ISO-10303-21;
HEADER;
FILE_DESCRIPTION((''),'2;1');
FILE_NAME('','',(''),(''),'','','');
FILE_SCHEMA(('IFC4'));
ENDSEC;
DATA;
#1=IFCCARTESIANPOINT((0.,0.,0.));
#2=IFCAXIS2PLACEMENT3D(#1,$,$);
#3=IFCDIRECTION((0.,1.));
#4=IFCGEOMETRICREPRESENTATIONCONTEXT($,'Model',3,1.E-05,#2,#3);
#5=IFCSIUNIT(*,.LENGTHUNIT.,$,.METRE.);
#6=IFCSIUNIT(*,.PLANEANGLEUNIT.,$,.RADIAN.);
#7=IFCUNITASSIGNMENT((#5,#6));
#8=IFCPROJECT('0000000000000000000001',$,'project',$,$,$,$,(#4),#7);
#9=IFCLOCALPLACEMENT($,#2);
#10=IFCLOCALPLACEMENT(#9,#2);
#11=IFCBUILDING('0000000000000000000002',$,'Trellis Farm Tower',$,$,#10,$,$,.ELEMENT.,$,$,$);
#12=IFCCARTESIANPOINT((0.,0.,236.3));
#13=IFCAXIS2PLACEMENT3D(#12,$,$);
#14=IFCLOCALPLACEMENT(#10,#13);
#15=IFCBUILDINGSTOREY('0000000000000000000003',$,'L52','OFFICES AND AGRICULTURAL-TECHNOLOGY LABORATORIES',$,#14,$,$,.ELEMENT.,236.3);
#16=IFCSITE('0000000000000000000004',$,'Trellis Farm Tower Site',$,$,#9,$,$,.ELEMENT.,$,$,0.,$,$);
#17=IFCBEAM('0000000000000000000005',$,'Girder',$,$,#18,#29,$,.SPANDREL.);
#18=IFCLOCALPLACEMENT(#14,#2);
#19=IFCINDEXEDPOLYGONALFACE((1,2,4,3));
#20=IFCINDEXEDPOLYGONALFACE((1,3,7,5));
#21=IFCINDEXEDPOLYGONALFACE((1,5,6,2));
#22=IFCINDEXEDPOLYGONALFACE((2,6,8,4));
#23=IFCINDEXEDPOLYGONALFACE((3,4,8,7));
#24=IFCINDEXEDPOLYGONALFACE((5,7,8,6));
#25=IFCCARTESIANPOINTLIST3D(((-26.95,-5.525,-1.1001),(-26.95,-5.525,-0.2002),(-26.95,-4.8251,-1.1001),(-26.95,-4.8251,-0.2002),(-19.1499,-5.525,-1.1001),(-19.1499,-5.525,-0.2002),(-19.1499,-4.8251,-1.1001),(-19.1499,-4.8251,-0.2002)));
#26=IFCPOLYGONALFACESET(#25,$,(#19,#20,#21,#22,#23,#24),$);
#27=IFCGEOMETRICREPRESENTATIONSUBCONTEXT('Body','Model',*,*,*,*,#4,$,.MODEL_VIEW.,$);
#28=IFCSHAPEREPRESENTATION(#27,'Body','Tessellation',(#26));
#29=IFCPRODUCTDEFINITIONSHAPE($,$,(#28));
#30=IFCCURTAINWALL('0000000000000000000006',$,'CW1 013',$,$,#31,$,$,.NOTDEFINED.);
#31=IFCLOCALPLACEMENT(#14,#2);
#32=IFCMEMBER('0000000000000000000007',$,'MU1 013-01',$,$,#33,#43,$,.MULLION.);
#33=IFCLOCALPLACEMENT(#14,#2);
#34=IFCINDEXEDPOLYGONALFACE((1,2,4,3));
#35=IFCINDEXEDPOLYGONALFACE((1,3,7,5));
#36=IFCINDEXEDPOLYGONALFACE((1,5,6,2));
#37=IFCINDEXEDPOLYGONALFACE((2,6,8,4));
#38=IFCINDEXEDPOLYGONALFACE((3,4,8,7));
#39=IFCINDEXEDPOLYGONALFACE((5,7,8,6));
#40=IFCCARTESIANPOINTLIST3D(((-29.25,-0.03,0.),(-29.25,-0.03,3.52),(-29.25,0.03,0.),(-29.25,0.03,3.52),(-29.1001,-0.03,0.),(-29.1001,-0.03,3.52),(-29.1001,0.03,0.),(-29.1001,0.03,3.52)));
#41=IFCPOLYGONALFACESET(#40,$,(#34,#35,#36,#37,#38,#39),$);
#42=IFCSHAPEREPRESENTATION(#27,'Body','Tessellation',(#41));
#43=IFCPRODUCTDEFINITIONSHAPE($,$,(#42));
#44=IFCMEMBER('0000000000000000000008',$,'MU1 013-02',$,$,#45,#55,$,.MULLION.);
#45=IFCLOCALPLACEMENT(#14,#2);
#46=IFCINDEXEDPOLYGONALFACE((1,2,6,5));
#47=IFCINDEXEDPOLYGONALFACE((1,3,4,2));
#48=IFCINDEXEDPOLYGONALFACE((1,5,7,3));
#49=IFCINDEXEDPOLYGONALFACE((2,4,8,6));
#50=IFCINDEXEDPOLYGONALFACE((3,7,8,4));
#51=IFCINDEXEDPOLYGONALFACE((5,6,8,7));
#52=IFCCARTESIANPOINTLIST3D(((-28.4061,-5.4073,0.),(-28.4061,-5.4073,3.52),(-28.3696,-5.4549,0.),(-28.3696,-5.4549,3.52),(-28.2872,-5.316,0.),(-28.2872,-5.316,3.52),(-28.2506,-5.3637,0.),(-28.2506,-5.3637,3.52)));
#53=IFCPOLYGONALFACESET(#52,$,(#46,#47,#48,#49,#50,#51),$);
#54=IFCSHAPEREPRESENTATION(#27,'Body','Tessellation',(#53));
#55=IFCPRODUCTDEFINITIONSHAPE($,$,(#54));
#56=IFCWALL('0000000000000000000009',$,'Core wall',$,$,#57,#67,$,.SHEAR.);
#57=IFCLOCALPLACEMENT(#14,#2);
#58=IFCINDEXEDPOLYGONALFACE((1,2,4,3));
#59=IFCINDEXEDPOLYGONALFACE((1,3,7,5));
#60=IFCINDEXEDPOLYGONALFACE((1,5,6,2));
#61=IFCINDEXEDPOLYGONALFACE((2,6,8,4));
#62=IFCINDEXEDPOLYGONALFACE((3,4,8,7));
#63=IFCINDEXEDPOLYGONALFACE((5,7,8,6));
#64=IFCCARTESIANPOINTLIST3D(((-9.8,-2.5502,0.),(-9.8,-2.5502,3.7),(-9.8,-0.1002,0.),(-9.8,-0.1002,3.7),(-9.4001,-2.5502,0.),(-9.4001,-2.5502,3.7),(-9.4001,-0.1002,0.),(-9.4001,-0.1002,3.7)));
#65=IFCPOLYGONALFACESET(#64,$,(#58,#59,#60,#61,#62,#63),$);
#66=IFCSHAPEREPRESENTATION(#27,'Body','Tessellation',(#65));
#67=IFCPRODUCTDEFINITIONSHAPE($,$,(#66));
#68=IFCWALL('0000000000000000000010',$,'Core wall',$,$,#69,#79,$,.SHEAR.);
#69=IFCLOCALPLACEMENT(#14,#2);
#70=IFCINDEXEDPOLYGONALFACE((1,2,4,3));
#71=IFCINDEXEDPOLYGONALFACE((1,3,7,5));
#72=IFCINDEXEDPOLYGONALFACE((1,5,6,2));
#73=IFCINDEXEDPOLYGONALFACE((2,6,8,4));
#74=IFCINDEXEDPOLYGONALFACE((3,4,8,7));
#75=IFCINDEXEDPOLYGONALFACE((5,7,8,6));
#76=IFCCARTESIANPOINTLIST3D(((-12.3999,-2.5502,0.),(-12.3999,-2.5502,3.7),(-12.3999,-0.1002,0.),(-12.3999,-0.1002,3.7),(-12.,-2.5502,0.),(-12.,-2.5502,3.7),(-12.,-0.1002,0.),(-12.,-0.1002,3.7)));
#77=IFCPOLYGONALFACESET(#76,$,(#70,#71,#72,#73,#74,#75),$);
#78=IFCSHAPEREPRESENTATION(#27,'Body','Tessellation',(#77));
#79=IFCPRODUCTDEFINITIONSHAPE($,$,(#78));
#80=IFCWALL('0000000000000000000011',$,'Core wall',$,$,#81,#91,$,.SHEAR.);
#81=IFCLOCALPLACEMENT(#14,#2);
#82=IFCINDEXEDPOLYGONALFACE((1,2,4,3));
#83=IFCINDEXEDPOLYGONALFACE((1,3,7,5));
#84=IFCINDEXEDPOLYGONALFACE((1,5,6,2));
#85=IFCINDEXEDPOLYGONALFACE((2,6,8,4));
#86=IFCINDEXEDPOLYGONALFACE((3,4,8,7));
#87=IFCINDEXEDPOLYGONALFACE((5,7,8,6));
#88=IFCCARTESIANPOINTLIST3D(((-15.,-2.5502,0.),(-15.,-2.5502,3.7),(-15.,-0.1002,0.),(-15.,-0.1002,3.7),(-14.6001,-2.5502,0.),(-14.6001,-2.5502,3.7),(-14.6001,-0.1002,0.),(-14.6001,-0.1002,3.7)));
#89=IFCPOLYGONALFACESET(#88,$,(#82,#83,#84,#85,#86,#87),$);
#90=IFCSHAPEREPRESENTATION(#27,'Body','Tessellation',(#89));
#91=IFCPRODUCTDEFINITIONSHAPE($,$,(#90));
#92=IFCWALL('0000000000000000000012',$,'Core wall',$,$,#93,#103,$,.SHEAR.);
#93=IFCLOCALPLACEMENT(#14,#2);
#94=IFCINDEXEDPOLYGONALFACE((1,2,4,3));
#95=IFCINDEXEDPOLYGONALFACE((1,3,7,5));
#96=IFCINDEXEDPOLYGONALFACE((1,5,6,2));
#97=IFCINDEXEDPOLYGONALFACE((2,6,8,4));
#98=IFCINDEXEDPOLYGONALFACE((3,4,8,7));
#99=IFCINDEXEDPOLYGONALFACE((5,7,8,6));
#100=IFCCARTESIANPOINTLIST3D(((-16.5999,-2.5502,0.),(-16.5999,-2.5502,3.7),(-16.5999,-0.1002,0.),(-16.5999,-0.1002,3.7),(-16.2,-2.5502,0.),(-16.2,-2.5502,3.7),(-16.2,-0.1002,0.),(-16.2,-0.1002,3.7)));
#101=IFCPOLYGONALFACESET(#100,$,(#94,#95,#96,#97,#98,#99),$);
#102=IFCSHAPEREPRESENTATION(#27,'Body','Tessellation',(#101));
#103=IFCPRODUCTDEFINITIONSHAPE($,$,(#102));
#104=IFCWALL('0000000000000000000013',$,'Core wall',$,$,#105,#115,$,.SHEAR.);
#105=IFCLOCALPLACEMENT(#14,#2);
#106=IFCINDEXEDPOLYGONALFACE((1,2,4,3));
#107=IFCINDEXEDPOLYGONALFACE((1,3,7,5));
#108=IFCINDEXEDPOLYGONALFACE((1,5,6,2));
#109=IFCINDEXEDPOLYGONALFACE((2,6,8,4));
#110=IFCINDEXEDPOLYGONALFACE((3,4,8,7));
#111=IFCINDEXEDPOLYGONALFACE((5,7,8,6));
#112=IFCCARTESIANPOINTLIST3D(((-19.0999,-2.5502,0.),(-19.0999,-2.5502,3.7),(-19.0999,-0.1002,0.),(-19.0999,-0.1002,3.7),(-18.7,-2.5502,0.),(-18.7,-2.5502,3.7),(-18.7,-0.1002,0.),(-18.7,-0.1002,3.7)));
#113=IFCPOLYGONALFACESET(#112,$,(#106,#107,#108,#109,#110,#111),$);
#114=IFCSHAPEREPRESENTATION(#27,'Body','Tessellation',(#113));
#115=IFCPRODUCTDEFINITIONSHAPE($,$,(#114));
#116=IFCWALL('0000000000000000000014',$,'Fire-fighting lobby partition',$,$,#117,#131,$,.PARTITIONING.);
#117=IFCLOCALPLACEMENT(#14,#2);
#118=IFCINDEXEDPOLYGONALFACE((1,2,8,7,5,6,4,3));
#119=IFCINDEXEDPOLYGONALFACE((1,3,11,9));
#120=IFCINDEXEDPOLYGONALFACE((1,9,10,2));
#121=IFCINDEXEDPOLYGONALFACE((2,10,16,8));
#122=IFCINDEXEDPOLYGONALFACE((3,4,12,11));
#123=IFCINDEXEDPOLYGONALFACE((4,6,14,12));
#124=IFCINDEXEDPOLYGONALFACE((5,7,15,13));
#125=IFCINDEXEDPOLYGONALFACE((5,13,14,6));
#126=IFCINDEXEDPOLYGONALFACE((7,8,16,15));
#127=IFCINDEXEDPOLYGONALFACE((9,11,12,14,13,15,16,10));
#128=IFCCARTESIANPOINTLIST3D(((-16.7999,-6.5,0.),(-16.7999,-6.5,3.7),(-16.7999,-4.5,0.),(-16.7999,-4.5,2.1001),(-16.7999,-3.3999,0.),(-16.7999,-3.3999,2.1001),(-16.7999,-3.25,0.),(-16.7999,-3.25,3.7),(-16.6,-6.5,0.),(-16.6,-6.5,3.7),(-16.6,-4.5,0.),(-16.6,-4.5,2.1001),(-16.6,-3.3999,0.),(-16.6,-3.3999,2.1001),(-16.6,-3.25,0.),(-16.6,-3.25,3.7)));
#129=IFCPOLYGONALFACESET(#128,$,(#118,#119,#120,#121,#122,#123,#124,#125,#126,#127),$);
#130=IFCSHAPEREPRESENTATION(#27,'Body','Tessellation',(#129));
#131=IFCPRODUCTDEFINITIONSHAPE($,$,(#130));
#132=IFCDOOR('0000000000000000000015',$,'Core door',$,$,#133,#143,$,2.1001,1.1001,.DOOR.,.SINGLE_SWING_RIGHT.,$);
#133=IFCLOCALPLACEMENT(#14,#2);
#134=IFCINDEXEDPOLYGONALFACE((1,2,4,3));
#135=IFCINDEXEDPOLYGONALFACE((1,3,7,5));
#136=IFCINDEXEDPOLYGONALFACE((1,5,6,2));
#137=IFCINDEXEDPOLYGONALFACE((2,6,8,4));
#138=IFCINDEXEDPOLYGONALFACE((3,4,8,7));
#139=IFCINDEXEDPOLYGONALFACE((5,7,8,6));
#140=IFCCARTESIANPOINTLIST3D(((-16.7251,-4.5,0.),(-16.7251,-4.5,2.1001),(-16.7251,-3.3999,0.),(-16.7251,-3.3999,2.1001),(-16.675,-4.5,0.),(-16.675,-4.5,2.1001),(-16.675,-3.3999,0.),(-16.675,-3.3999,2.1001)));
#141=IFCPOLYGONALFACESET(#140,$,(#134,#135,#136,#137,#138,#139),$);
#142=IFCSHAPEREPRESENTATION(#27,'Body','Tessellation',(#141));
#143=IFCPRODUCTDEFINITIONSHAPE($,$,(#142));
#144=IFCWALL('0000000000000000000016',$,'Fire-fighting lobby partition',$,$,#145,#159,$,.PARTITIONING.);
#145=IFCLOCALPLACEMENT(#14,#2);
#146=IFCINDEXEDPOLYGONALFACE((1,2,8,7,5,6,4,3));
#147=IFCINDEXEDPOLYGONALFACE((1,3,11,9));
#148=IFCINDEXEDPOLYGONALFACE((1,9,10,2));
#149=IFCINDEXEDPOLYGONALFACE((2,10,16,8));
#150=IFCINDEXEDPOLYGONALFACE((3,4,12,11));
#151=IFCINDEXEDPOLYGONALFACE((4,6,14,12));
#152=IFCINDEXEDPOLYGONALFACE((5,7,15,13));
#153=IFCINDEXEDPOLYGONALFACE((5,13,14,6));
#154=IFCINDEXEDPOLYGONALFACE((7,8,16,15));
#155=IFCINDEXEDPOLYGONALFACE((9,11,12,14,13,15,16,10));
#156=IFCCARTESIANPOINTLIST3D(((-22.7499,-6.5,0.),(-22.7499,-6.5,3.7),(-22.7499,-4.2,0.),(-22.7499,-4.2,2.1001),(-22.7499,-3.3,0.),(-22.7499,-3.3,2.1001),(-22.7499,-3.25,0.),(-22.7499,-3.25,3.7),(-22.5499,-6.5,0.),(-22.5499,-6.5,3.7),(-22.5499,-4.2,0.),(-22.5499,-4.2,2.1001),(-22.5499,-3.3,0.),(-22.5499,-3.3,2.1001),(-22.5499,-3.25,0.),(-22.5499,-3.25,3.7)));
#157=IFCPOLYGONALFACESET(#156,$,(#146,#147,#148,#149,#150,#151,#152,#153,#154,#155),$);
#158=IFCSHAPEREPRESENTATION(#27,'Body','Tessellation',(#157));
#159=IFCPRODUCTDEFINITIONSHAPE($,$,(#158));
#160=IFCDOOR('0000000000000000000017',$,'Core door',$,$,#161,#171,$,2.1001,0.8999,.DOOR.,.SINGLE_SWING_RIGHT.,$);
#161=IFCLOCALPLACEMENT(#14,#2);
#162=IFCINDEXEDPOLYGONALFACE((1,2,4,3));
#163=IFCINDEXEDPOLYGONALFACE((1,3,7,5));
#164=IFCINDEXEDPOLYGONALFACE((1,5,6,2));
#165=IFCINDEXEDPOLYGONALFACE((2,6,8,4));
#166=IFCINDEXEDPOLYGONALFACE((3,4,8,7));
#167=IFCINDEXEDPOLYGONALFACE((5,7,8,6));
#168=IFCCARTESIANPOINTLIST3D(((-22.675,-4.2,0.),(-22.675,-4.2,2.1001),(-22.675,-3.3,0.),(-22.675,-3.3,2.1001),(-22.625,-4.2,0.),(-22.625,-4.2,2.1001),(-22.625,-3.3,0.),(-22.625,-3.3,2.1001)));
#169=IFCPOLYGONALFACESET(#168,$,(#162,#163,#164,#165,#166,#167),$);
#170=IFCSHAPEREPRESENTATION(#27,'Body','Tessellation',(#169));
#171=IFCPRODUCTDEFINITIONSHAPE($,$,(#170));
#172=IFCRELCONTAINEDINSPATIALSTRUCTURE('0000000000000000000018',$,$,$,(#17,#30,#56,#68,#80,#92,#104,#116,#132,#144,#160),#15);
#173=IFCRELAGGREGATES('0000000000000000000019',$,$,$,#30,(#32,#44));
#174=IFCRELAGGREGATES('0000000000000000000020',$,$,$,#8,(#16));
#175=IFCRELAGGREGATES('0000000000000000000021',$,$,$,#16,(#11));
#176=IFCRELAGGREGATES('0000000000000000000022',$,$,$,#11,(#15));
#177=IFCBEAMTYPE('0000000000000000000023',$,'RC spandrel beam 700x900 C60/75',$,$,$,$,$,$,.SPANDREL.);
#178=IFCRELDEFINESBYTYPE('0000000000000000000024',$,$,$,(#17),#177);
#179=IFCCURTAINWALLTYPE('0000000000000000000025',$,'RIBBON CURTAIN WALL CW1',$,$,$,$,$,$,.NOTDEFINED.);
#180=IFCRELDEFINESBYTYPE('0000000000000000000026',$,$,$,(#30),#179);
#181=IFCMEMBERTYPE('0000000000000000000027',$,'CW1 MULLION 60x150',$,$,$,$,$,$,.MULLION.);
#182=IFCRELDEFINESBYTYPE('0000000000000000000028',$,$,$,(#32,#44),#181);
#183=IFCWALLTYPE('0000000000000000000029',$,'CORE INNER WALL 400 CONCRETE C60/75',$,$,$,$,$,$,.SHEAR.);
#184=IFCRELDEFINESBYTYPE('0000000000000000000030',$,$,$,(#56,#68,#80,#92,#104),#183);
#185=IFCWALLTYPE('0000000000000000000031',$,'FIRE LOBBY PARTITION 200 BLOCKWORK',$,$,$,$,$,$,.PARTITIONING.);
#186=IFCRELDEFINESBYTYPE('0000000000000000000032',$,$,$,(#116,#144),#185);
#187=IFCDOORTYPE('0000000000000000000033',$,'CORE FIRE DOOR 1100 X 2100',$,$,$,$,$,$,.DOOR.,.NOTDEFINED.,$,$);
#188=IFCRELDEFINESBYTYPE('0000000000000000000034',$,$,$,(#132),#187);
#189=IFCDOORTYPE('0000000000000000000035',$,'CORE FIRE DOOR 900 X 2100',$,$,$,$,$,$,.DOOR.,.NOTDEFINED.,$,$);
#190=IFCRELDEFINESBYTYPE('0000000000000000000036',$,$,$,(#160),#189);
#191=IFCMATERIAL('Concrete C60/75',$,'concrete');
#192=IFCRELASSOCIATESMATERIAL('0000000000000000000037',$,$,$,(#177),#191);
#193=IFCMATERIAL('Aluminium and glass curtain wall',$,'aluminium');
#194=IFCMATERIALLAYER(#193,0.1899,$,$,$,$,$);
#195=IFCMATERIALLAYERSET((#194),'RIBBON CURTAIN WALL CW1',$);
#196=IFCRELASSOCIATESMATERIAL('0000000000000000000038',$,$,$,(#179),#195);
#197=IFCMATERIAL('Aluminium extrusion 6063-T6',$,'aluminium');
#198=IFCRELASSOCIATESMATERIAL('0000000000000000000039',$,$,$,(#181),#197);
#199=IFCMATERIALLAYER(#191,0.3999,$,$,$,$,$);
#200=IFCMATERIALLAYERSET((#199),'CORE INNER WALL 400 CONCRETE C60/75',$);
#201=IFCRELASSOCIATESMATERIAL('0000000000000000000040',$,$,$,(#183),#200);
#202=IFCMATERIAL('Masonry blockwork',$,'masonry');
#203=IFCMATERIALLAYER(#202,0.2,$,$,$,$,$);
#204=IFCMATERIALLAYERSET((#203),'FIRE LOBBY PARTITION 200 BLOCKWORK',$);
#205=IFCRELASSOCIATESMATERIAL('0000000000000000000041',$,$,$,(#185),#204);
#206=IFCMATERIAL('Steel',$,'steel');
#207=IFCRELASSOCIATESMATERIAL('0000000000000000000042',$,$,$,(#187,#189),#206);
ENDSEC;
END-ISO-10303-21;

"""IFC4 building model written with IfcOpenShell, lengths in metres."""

from ifc_helpers import new_model, si_unit, direction, frame, frame_2d, origin, origin_2d, place, context, subcontext, project, spatial, rectangle, extrude, source, transform, mapped, material, layer, layer_set, material_profile, profile_set, type_object, element, fill, aggregate, save


model = new_model("IFC4")

# Units and contexts
model_context = context("Model", 3, precision=1e-05, world=origin(), true_north=direction((0.0, 1.0)))
body_context = subcontext(model_context, "Body", "Model", "MODEL_VIEW")
ifc_project = project(units=[si_unit("LENGTHUNIT", "METRE"), si_unit("PLANEANGLEUNIT", "RADIAN")], contexts=[model_context])

# Site, building, storey
site_placement = place(None, origin())
site = spatial("IfcSite", under=ifc_project, at=site_placement, Name="Trellis Farm Tower Site", CompositionType="ELEMENT", RefElevation=0.0)
building_placement = place(site_placement, origin())
building = spatial("IfcBuilding", under=site, at=building_placement, Name="Trellis Farm Tower", CompositionType="ELEMENT")
storey_placement = place(building_placement, frame((0.0, 0.0, 236.3)))
storey = spatial("IfcBuildingStorey", under=building, at=storey_placement, Name="L52", Description="OFFICES AND AGRICULTURAL-TECHNOLOGY LABORATORIES", CompositionType="ELEMENT", Elevation=236.3)

# Shared definitions
ifc_material_1 = material(Name="Concrete C60/75", Category="concrete")

# Beam
ifc_material_profile_1 = material_profile(ifc_material_1, rectangle(XDim=0.7, YDim=0.8999, at=origin_2d()), Name="RC spandrel beam 700x900 C60/75")
ifc_profile_set_1 = profile_set([ifc_material_profile_1], Name="Concrete C60/75")
beam_type_1 = type_object("IfcBeamType", Name="RC spandrel beam 700x900 C60/75", PredefinedType="SPANDREL", material=ifc_profile_set_1)
shared_shape_1 = source(origin(), body_context, "Body", "SweptSolid", [
    extrude(rectangle(XDim=0.7, YDim=0.8999, at=origin_2d()), origin(), (0.0, 0.0, 1.0), 7.8),
])
beam_1_placement = place(storey_placement, frame((-26.95, -5.175, -0.6501), z_axis=(1.0, 0.0, 0.0), x_axis=(0.0, 1.0, 0.0)))
element("IfcBeam", 1, at=beam_1_placement, inside=storey, type_object=beam_type_1, Name="Girder", PredefinedType="SPANDREL", context=body_context, shape_type="MappedRepresentation", body=[
    mapped(shared_shape_1, transform((0.0, 0.0, 0.0))),
])

# Curtain wall, members
ifc_material_2 = material(Name="Aluminium and glass curtain wall", Category="aluminium")
ifc_layer_1 = layer(ifc_material_2, 0.1899)
ifc_layer_set_1 = layer_set([ifc_layer_1], Name="RIBBON CURTAIN WALL CW1")
curtain_wall_type = type_object("IfcCurtainWallType", Name="RIBBON CURTAIN WALL CW1", PredefinedType="NOTDEFINED", material=ifc_layer_set_1)
curtain_wall_placement = place(storey_placement, origin())
curtain_wall = element("IfcCurtainWall", 2, at=curtain_wall_placement, inside=storey, type_object=curtain_wall_type, Name="CW1 013", PredefinedType="NOTDEFINED")
ifc_material_3 = material(Name="Aluminium extrusion 6063-T6", Category="aluminium")
ifc_material_profile_2 = material_profile(ifc_material_3, rectangle(XDim=0.0601, YDim=0.1499, at=origin_2d()), Name="MULLION 60x150")
ifc_profile_set_2 = profile_set([ifc_material_profile_2], Name="Aluminium extrusion 6063-T6")
member_type = type_object("IfcMemberType", Name="CW1 MULLION 60x150", PredefinedType="MULLION", material=ifc_profile_set_2)
shared_shape_2 = source(origin(), body_context, "Body", "SweptSolid", [
    extrude(rectangle(XDim=0.0601, YDim=0.1499, at=origin_2d()), origin(), (0.0, 0.0, 1.0), 3.52),
])
member_1_placement = place(storey_placement, frame((-29.175, 0.0, 0.0), z_axis=(0.0, 0.0, 1.0), x_axis=(0.0, -1.0, 0.0)))
member_1 = element("IfcMember", 3, at=member_1_placement, type_object=member_type, Name="MU1 013-01", PredefinedType="MULLION", context=body_context, shape_type="MappedRepresentation", body=[
    mapped(shared_shape_2, transform((0.0, 0.0, 0.0))),
])
member_2_placement = place(storey_placement, frame((-28.3284, -5.3855, 0.0), z_axis=(0.0, 0.0, 1.0), x_axis=(0.608761, -0.793353, 0.0)))
member_2 = element("IfcMember", 4, at=member_2_placement, type_object=member_type, Name="MU1 013-02", PredefinedType="MULLION", context=body_context, shape_type="MappedRepresentation", body=[
    mapped(shared_shape_2, transform((0.0, 0.0, 0.0))),
])
aggregate(curtain_wall, [member_1, member_2])

# Walls
ifc_layer_2 = layer(ifc_material_1, 0.3999)
ifc_layer_set_2 = layer_set([ifc_layer_2], Name="CORE INNER WALL 400 CONCRETE C60/75")
wall_type_1 = type_object("IfcWallType", Name="CORE INNER WALL 400 CONCRETE C60/75", PredefinedType="SHEAR", material=ifc_layer_set_2)
shared_shape_3 = source(origin(), body_context, "Body", "SweptSolid", [
    extrude(rectangle(XDim=2.45, YDim=0.3999, at=frame_2d((1.2251, 0.0))), origin(), (0.0, 0.0, 1.0), 3.7),
])
for number, where, z_axis, x_axis, name in (
    (5, (-9.6001, -0.1001, 0.0), (0.0, 0.0, 1.0), (0.0, -1.0, 0.0), "Core wall"),
    (6, (-12.2, -0.1001, 0.0), (0.0, 0.0, 1.0), (0.0, -1.0, 0.0), "Core wall"),
    (7, (-14.8, -0.1001, 0.0), (0.0, 0.0, 1.0), (0.0, -1.0, 0.0), "Core wall"),
    (8, (-16.3999, -0.1001, 0.0), (0.0, 0.0, 1.0), (0.0, -1.0, 0.0), "Core wall"),
    (9, (-18.8999, -0.1001, 0.0), (0.0, 0.0, 1.0), (0.0, -1.0, 0.0), "Core wall"),
):
    element("IfcWall", number, at=place(storey_placement, frame(where, z_axis=z_axis, x_axis=x_axis)), inside=storey, type_object=wall_type_1, Name=name, PredefinedType="SHEAR", context=body_context, shape_type="MappedRepresentation", body=[
        mapped(shared_shape_3, transform((0.0, 0.0, 0.0))),
    ])

# Walls, openings, doors
ifc_material_4 = material(Name="Masonry blockwork", Category="masonry")
ifc_layer_3 = layer(ifc_material_4, 0.2)
ifc_layer_set_3 = layer_set([ifc_layer_3], Name="FIRE LOBBY PARTITION 200 BLOCKWORK")
wall_type_2 = type_object("IfcWallType", Name="FIRE LOBBY PARTITION 200 BLOCKWORK", PredefinedType="PARTITIONING", material=ifc_layer_set_3)
shared_shape_4 = source(origin(), body_context, "Body", "SweptSolid", [
    extrude(rectangle(XDim=3.25, YDim=0.2, at=frame_2d((1.625, 0.0))), origin(), (0.0, 0.0, 1.0), 3.7),
])
wall_1_placement = place(storey_placement, frame((-16.7, -3.25, 0.0), z_axis=(0.0, 0.0, 1.0), x_axis=(0.0, -1.0, 0.0)))
wall_1 = element("IfcWall", 10, at=wall_1_placement, inside=storey, type_object=wall_type_2, Name="Fire-fighting lobby partition", PredefinedType="PARTITIONING", context=body_context, shape_type="MappedRepresentation", body=[
    mapped(shared_shape_4, transform((0.0, 0.0, 0.0))),
])
shared_shape_5 = source(origin(), body_context, "Body", "SweptSolid", [
    extrude(rectangle(XDim=1.1001, YDim=2.1001, at=frame_2d((0.55, 1.05))), frame((0.0, 0.1101, 0.0), z_axis=(0.0, -1.0, 0.0), x_axis=(1.0, 0.0, 0.0)), (0.0, 0.0, 1.0), 0.2202),
])
opening_1_placement = place(wall_1_placement, frame((0.1499, 0.0, 0.0)))
opening_1 = element("IfcOpeningElement", 11, at=opening_1_placement, cuts=wall_1, PredefinedType="OPENING", context=body_context, shape_type="MappedRepresentation", body=[
    mapped(shared_shape_5, transform((0.0, 0.0, 0.0))),
])
ifc_material_5 = material(Name="Steel", Category="steel")
door_type_1 = type_object("IfcDoorType", Name="CORE FIRE DOOR 1100 X 2100", OperationType="NOTDEFINED", PredefinedType="DOOR", material=ifc_material_5)
shared_shape_6 = source(origin(), body_context, "Body", "SweptSolid", [
    extrude(rectangle(XDim=1.1001, YDim=2.1001, at=frame_2d((0.55, 1.05))), frame((0.0, 0.0249, 0.0), z_axis=(0.0, -1.0, 0.0), x_axis=(1.0, 0.0, 0.0)), (0.0, 0.0, 1.0), 0.05),
])
door_1_placement = place(opening_1_placement, origin())
door_1 = element("IfcDoor", 12, at=door_1_placement, inside=storey, type_object=door_type_1, Name="Core door", OperationType="SINGLE_SWING_RIGHT", OverallHeight=2.1001, OverallWidth=1.1001, PredefinedType="DOOR", context=body_context, shape_type="MappedRepresentation", body=[
    mapped(shared_shape_6, transform((0.0, 0.0, 0.0))),
])
fill(opening_1, door_1)
wall_2_placement = place(storey_placement, frame((-22.6499, -3.25, 0.0), z_axis=(0.0, 0.0, 1.0), x_axis=(0.0, -1.0, 0.0)))
wall_2 = element("IfcWall", 13, at=wall_2_placement, inside=storey, type_object=wall_type_2, Name="Fire-fighting lobby partition", PredefinedType="PARTITIONING", context=body_context, shape_type="MappedRepresentation", body=[
    mapped(shared_shape_4, transform((0.0, 0.0, 0.0))),
])
shared_shape_7 = source(origin(), body_context, "Body", "SweptSolid", [
    extrude(rectangle(XDim=0.8999, YDim=2.1001, at=frame_2d((0.45, 1.05))), frame((0.0, 0.1101, 0.0), z_axis=(0.0, -1.0, 0.0), x_axis=(1.0, 0.0, 0.0)), (0.0, 0.0, 1.0), 0.2202),
])
opening_2_placement = place(wall_2_placement, frame((0.05, 0.0, 0.0)))
opening_2 = element("IfcOpeningElement", 14, at=opening_2_placement, cuts=wall_2, PredefinedType="OPENING", context=body_context, shape_type="MappedRepresentation", body=[
    mapped(shared_shape_7, transform((0.0, 0.0, 0.0))),
])
door_type_2 = type_object("IfcDoorType", Name="CORE FIRE DOOR 900 X 2100", OperationType="NOTDEFINED", PredefinedType="DOOR", material=ifc_material_5)
shared_shape_8 = source(origin(), body_context, "Body", "SweptSolid", [
    extrude(rectangle(XDim=0.8999, YDim=2.1001, at=frame_2d((0.45, 1.05))), frame((0.0, 0.0249, 0.0), z_axis=(0.0, -1.0, 0.0), x_axis=(1.0, 0.0, 0.0)), (0.0, 0.0, 1.0), 0.05),
])
door_2_placement = place(opening_2_placement, origin())
door_2 = element("IfcDoor", 15, at=door_2_placement, inside=storey, type_object=door_type_2, Name="Core door", OperationType="SINGLE_SWING_RIGHT", OverallHeight=2.1001, OverallWidth=0.8999, PredefinedType="DOOR", context=body_context, shape_type="MappedRepresentation", body=[
    mapped(shared_shape_8, transform((0.0, 0.0, 0.0))),
])
fill(opening_2, door_2)

save(model, "model.ifc")
